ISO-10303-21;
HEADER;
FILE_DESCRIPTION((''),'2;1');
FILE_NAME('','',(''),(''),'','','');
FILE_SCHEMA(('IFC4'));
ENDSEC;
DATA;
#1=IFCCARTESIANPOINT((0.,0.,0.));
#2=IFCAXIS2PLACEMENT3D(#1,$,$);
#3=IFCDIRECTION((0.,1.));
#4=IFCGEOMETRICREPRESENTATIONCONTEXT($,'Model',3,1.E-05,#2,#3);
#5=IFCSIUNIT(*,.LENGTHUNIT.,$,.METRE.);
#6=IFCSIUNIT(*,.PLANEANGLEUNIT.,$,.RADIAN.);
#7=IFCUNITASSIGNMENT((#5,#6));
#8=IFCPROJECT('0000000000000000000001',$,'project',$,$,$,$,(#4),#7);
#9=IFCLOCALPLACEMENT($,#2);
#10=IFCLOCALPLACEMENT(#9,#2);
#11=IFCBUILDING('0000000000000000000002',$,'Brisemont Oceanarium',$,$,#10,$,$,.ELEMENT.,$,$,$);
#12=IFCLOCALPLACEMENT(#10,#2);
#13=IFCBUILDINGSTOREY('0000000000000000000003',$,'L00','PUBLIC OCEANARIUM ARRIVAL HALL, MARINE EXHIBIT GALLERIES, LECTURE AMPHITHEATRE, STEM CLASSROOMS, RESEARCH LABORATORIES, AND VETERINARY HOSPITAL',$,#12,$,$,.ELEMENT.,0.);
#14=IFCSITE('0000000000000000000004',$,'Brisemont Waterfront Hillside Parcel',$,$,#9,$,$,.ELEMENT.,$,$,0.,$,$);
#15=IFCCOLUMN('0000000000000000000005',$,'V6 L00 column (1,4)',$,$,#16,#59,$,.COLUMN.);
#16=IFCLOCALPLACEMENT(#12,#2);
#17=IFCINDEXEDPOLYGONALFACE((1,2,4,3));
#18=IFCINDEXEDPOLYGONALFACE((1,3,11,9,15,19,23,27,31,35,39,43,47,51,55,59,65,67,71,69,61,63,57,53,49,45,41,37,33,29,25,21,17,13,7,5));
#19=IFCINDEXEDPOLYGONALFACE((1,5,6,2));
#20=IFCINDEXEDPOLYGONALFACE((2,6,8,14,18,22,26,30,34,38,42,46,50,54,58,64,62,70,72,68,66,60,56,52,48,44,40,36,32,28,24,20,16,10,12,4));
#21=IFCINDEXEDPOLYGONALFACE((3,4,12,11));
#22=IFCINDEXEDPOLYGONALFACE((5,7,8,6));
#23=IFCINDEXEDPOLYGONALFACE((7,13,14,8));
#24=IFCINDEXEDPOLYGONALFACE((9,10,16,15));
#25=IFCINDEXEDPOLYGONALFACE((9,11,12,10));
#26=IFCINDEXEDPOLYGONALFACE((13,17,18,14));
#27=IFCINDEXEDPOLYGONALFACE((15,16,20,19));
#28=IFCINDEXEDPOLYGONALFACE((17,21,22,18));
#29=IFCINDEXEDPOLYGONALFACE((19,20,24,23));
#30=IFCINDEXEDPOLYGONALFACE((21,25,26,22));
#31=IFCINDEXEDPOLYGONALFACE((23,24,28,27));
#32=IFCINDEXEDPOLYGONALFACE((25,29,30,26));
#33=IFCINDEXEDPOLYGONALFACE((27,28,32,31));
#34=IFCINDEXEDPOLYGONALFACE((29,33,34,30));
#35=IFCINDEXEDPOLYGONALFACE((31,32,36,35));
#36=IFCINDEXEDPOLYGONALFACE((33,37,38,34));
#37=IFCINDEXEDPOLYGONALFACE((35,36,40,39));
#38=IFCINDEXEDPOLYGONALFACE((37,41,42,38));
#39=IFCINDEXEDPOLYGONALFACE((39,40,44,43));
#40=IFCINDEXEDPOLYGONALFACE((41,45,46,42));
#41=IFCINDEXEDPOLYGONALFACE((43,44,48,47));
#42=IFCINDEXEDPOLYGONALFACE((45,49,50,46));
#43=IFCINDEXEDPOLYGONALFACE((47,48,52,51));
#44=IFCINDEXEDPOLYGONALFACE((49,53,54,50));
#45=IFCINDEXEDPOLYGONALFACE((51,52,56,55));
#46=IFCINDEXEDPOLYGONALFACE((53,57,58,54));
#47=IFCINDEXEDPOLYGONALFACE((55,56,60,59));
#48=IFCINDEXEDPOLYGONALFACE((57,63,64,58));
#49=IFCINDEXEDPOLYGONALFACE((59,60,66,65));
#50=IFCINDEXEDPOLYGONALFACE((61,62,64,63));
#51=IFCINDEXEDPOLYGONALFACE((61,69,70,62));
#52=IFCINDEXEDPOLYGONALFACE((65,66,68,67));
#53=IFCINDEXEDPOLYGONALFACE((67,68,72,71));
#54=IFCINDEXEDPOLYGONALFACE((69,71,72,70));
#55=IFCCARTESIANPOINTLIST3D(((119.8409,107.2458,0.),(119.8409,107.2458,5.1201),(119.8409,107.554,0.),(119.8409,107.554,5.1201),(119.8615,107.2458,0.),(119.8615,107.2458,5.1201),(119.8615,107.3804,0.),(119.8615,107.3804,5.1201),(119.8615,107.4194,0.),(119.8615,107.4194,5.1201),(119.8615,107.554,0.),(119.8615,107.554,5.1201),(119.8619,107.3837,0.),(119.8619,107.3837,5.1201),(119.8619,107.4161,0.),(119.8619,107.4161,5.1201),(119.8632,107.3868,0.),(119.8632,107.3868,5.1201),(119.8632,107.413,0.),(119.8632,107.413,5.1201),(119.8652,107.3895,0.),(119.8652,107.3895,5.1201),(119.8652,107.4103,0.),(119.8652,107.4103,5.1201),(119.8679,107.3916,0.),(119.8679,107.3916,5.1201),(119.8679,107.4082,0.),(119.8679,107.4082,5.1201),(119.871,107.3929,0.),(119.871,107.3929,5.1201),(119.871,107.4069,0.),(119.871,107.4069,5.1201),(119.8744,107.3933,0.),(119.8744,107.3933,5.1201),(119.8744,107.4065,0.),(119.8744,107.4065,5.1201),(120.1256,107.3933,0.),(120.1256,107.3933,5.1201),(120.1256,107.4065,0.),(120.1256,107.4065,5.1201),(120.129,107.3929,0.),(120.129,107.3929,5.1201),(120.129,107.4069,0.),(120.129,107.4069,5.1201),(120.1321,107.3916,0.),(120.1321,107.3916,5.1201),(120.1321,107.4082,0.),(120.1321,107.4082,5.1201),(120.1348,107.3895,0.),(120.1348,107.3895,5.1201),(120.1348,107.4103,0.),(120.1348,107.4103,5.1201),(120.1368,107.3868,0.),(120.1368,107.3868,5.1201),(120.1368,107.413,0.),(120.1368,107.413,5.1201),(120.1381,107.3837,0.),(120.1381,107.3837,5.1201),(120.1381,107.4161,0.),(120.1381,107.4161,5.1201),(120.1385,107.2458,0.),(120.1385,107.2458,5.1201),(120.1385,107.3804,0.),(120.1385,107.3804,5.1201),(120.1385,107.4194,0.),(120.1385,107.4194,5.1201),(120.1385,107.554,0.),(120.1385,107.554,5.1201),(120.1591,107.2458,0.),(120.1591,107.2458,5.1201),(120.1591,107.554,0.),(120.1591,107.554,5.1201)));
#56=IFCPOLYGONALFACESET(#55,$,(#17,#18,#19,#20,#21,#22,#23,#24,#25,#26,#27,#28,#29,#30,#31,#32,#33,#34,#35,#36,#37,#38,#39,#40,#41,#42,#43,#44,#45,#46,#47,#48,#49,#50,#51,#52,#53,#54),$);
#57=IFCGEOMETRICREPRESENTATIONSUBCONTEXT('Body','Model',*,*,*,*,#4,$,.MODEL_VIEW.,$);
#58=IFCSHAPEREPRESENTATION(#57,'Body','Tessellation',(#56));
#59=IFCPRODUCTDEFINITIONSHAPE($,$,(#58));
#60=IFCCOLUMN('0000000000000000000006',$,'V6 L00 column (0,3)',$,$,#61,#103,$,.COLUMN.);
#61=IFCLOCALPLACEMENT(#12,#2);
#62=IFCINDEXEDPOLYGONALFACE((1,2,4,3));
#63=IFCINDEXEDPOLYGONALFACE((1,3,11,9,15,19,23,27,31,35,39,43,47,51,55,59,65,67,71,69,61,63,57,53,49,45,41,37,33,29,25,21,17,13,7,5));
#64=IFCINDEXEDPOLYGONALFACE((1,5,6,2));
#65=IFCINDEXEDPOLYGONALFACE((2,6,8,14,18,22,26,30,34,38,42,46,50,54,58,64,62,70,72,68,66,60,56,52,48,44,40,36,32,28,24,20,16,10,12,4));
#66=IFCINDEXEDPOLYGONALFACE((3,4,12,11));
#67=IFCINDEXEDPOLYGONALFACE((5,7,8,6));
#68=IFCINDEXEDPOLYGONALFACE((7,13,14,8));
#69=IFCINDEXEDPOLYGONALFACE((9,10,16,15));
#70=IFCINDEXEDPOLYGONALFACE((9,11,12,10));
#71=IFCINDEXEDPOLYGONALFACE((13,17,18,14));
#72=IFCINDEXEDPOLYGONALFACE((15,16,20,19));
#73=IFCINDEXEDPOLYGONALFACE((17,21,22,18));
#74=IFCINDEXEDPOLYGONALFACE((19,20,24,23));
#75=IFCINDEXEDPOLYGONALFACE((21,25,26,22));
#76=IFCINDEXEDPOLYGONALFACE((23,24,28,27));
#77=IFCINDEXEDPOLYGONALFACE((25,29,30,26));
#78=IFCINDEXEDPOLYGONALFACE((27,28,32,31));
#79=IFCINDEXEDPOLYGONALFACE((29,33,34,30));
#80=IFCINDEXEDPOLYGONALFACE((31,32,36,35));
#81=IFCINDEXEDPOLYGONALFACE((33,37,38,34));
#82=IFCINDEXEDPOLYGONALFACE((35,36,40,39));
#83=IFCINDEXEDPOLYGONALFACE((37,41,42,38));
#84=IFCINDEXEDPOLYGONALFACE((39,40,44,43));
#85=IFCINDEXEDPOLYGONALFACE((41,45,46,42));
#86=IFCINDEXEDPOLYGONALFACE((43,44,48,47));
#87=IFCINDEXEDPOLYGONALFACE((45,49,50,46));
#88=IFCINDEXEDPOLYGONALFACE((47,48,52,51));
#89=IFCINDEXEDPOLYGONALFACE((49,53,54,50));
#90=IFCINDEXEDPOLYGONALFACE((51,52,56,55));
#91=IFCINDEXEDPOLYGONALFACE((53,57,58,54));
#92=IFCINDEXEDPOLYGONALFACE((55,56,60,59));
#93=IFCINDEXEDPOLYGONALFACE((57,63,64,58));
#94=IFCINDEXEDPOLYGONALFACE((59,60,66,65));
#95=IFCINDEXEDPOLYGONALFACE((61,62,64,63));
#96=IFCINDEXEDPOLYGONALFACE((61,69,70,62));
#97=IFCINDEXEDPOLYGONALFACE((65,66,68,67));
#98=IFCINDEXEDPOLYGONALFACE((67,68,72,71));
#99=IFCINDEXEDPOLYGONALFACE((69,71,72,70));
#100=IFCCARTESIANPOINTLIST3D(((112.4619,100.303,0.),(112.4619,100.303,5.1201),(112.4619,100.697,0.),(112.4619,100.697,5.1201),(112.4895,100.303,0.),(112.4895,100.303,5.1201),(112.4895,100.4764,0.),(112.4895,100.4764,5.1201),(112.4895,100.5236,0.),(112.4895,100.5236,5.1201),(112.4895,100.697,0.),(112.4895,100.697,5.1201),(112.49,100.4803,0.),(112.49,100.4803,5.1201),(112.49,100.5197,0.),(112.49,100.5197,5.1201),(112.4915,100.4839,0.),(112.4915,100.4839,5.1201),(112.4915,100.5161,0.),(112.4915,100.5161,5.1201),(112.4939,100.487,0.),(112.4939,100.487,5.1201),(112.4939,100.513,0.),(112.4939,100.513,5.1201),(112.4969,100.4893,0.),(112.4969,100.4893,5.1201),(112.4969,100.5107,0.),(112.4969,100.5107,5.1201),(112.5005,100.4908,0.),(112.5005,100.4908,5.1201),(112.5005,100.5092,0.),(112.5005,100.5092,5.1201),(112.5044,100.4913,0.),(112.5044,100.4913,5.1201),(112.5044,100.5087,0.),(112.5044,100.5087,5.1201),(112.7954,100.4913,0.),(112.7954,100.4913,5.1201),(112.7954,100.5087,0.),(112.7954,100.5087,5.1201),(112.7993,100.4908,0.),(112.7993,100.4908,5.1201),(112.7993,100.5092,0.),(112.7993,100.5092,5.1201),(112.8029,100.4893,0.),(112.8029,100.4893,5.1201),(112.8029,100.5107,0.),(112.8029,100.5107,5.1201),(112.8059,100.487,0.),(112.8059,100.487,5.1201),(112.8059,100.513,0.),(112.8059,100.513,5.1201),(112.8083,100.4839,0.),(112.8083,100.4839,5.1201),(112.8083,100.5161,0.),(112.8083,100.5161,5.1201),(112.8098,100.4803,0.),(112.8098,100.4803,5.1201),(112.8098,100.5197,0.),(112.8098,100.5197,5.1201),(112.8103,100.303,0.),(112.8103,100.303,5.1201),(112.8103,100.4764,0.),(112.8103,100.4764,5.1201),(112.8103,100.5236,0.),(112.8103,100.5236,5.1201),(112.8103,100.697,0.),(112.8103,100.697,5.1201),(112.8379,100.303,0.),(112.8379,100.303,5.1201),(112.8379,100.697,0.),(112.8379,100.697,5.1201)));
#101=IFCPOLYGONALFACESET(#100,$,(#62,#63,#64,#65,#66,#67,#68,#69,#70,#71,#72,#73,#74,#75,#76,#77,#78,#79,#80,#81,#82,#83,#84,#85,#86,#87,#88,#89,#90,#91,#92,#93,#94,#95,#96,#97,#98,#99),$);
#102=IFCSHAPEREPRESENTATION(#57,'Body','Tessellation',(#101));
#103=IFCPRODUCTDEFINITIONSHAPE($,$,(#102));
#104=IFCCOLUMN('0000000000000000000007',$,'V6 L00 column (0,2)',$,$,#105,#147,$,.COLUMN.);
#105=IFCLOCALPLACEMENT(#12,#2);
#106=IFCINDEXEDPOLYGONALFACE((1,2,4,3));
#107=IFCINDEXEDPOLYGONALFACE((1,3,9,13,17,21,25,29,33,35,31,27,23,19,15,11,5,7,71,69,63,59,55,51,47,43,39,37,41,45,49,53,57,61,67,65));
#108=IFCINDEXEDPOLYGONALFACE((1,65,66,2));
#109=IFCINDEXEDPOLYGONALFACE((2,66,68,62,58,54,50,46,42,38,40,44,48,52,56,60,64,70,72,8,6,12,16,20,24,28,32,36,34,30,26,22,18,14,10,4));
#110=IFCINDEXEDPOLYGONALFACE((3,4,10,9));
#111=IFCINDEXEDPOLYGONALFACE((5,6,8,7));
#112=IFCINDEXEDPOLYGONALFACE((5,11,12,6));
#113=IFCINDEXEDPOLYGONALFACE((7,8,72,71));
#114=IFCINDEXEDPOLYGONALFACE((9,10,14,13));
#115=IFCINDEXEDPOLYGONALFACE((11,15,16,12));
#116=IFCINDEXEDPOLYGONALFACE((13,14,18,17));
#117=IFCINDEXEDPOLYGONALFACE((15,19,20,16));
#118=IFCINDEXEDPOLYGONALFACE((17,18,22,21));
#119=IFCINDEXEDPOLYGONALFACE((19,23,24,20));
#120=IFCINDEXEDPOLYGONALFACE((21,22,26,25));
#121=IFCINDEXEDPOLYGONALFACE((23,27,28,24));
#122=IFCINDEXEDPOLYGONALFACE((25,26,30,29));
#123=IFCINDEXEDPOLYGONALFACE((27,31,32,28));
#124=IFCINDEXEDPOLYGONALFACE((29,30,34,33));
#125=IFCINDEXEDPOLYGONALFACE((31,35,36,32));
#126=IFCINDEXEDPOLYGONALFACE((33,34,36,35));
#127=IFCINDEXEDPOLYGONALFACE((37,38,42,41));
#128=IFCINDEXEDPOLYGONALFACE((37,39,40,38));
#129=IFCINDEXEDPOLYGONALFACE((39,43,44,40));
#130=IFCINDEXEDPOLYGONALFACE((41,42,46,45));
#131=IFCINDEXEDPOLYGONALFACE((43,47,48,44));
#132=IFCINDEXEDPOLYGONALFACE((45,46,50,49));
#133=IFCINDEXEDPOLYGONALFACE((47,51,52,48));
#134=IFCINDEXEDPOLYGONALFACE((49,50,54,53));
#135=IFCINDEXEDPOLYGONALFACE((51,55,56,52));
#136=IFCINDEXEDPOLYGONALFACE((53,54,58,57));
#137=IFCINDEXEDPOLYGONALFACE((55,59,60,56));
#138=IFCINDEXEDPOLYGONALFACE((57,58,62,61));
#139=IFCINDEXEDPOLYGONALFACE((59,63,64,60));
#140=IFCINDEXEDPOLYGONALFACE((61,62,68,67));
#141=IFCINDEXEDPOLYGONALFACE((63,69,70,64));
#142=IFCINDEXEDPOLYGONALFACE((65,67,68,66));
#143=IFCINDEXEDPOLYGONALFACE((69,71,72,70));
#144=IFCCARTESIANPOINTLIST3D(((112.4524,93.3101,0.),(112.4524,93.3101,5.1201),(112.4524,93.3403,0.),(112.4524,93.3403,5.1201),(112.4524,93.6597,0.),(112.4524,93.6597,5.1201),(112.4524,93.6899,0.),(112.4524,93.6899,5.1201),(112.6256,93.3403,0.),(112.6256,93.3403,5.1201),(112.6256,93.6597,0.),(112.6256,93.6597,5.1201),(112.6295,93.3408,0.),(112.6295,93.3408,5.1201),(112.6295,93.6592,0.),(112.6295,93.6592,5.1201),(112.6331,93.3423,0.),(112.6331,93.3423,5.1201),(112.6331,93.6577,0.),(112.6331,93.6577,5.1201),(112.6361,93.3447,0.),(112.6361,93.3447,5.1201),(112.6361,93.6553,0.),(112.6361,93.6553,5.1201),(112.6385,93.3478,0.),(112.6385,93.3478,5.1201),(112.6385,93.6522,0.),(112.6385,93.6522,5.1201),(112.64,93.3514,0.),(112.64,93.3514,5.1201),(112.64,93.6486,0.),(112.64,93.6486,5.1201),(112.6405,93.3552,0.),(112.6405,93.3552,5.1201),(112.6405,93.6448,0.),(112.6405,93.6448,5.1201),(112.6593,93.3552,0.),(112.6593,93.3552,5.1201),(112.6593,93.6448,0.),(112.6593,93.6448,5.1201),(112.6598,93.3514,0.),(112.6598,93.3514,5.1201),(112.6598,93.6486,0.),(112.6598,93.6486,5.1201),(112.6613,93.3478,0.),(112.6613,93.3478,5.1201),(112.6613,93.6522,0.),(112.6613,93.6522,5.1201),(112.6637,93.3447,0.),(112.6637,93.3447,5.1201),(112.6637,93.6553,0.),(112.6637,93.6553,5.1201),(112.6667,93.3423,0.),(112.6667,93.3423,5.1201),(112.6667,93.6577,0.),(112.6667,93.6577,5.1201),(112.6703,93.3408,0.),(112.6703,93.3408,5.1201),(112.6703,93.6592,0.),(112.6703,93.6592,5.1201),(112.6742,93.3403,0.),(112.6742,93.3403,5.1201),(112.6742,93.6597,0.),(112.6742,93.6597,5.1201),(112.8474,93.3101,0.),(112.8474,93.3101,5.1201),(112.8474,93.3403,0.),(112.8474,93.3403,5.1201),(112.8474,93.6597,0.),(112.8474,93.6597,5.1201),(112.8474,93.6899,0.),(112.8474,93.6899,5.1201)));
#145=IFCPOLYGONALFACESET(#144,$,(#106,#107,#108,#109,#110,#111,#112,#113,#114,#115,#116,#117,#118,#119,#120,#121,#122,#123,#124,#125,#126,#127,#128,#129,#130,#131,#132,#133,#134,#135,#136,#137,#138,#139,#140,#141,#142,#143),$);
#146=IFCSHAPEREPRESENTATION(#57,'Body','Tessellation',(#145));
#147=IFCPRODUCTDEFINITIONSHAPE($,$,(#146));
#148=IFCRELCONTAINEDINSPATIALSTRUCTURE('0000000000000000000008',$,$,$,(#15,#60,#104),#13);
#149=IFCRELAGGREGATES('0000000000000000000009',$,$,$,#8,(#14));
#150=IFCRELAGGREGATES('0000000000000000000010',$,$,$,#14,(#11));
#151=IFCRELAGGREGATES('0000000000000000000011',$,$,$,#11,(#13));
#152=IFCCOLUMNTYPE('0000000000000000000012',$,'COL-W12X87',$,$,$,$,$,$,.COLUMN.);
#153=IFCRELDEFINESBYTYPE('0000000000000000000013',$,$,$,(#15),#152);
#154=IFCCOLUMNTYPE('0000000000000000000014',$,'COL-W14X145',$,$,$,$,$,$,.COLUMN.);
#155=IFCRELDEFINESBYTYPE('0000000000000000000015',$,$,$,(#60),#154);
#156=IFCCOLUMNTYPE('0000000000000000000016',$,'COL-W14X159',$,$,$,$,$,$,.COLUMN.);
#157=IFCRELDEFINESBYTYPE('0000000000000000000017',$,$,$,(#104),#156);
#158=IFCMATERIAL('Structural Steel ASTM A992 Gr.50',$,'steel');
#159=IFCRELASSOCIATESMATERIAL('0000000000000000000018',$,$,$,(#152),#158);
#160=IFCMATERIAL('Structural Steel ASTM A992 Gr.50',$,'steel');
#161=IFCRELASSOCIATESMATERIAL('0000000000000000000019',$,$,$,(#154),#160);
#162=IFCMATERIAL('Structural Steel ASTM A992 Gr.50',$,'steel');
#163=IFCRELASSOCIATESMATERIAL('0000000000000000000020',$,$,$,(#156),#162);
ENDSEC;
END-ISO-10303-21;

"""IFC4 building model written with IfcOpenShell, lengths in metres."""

from ifc_helpers import new_model, si_unit, direction, frame, origin, origin_2d, place, context, subcontext, project, spatial, i_section, extrude, material, material_profile, profile_set, type_object, element, save


model = new_model("IFC4")

# Units and contexts
model_context = context("Model", 3, precision=1e-05, world=origin(), true_north=direction((0.0, 1.0)))
body_context = subcontext(model_context, "Body", "Model", "MODEL_VIEW")
ifc_project = project(units=[si_unit("LENGTHUNIT", "METRE"), si_unit("PLANEANGLEUNIT", "RADIAN")], contexts=[model_context])

# Site, building, storey
site_placement = place(None, origin())
site = spatial("IfcSite", under=ifc_project, at=site_placement, Name="Brisemont Waterfront Hillside Parcel", CompositionType="ELEMENT", RefElevation=0.0)
building_placement = place(site_placement, origin())
building = spatial("IfcBuilding", under=site, at=building_placement, Name="Brisemont Oceanarium", CompositionType="ELEMENT")
storey_placement = place(building_placement, origin())
storey = spatial("IfcBuildingStorey", under=building, at=storey_placement, Name="L00", Description="PUBLIC OCEANARIUM ARRIVAL HALL, MARINE EXHIBIT GALLERIES, LECTURE AMPHITHEATRE, STEM CLASSROOMS, RESEARCH LABORATORIES, AND VETERINARY HOSPITAL", CompositionType="ELEMENT", Elevation=0.0)

# Columns
ifc_material_1 = material(Name="Structural Steel ASTM A992 Gr.50", Category="steel")
ifc_material_profile_1 = material_profile(ifc_material_1, i_section(OverallWidth=0.3081, OverallDepth=0.3181, WebThickness=0.0132, FlangeThickness=0.0205, FilletRadius=0.0129, at=origin_2d()), Name="W12X87")
ifc_profile_set_1 = profile_set([ifc_material_profile_1], Name="Structural Steel ASTM A992 Gr.50")
column_type_1 = type_object("IfcColumnType", Name="COL-W12X87", PredefinedType="COLUMN", material=ifc_profile_set_1)
column_1_placement = place(storey_placement, frame((120.0, 107.3999, 0.0), z_axis=(0.0, 0.0, 1.0), x_axis=(0.0, 1.0, 0.0)))
element("IfcColumn", 1, at=column_1_placement, inside=storey, type_object=column_type_1, Name="V6 L00 column (1,4)", PredefinedType="COLUMN", context=body_context, shape_type="SweptSolid", body=[
    extrude(i_section(OverallWidth=0.3081, OverallDepth=0.3181, WebThickness=0.0132, FlangeThickness=0.0205, FilletRadius=0.0129, at=origin_2d()), origin(), (0.0, 0.0, 1.0), 5.1201),
])
ifc_material_2 = material(Name="Structural Steel ASTM A992 Gr.50", Category="steel")
ifc_material_profile_2 = material_profile(ifc_material_2, i_section(OverallWidth=0.394, OverallDepth=0.376, WebThickness=0.0173, FlangeThickness=0.0276, FilletRadius=0.0149, at=origin_2d()), Name="W14X145")
ifc_profile_set_2 = profile_set([ifc_material_profile_2], Name="Structural Steel ASTM A992 Gr.50")
column_type_2 = type_object("IfcColumnType", Name="COL-W14X145", PredefinedType="COLUMN", material=ifc_profile_set_2)
column_2_placement = place(storey_placement, frame((112.6499, 100.5, 0.0), z_axis=(0.0, 0.0, 1.0), x_axis=(0.0, 1.0, 0.0)))
element("IfcColumn", 2, at=column_2_placement, inside=storey, type_object=column_type_2, Name="V6 L00 column (0,3)", PredefinedType="COLUMN", context=body_context, shape_type="SweptSolid", body=[
    extrude(i_section(OverallWidth=0.394, OverallDepth=0.376, WebThickness=0.0173, FlangeThickness=0.0276, FilletRadius=0.0149, at=origin_2d()), origin(), (0.0, 0.0, 1.0), 5.1201),
])
ifc_material_3 = material(Name="Structural Steel ASTM A992 Gr.50", Category="steel")
ifc_material_profile_3 = material_profile(ifc_material_3, i_section(OverallWidth=0.395, OverallDepth=0.3799, WebThickness=0.0188, FlangeThickness=0.0303, FilletRadius=0.0149, at=origin_2d()), Name="W14X159")
ifc_profile_set_3 = profile_set([ifc_material_profile_3], Name="Structural Steel ASTM A992 Gr.50")
column_type_3 = type_object("IfcColumnType", Name="COL-W14X159", PredefinedType="COLUMN", material=ifc_profile_set_3)
column_3_placement = place(storey_placement, frame((112.6499, 93.5, 0.0), z_axis=(0.0, 0.0, 1.0), x_axis=(1.0, 0.0, 0.0)))
element("IfcColumn", 3, at=column_3_placement, inside=storey, type_object=column_type_3, Name="V6 L00 column (0,2)", PredefinedType="COLUMN", context=body_context, shape_type="SweptSolid", body=[
    extrude(i_section(OverallWidth=0.395, OverallDepth=0.3799, WebThickness=0.0188, FlangeThickness=0.0303, FilletRadius=0.0149, at=origin_2d()), origin(), (0.0, 0.0, 1.0), 5.1201),
])

save(model, "model.ifc")
